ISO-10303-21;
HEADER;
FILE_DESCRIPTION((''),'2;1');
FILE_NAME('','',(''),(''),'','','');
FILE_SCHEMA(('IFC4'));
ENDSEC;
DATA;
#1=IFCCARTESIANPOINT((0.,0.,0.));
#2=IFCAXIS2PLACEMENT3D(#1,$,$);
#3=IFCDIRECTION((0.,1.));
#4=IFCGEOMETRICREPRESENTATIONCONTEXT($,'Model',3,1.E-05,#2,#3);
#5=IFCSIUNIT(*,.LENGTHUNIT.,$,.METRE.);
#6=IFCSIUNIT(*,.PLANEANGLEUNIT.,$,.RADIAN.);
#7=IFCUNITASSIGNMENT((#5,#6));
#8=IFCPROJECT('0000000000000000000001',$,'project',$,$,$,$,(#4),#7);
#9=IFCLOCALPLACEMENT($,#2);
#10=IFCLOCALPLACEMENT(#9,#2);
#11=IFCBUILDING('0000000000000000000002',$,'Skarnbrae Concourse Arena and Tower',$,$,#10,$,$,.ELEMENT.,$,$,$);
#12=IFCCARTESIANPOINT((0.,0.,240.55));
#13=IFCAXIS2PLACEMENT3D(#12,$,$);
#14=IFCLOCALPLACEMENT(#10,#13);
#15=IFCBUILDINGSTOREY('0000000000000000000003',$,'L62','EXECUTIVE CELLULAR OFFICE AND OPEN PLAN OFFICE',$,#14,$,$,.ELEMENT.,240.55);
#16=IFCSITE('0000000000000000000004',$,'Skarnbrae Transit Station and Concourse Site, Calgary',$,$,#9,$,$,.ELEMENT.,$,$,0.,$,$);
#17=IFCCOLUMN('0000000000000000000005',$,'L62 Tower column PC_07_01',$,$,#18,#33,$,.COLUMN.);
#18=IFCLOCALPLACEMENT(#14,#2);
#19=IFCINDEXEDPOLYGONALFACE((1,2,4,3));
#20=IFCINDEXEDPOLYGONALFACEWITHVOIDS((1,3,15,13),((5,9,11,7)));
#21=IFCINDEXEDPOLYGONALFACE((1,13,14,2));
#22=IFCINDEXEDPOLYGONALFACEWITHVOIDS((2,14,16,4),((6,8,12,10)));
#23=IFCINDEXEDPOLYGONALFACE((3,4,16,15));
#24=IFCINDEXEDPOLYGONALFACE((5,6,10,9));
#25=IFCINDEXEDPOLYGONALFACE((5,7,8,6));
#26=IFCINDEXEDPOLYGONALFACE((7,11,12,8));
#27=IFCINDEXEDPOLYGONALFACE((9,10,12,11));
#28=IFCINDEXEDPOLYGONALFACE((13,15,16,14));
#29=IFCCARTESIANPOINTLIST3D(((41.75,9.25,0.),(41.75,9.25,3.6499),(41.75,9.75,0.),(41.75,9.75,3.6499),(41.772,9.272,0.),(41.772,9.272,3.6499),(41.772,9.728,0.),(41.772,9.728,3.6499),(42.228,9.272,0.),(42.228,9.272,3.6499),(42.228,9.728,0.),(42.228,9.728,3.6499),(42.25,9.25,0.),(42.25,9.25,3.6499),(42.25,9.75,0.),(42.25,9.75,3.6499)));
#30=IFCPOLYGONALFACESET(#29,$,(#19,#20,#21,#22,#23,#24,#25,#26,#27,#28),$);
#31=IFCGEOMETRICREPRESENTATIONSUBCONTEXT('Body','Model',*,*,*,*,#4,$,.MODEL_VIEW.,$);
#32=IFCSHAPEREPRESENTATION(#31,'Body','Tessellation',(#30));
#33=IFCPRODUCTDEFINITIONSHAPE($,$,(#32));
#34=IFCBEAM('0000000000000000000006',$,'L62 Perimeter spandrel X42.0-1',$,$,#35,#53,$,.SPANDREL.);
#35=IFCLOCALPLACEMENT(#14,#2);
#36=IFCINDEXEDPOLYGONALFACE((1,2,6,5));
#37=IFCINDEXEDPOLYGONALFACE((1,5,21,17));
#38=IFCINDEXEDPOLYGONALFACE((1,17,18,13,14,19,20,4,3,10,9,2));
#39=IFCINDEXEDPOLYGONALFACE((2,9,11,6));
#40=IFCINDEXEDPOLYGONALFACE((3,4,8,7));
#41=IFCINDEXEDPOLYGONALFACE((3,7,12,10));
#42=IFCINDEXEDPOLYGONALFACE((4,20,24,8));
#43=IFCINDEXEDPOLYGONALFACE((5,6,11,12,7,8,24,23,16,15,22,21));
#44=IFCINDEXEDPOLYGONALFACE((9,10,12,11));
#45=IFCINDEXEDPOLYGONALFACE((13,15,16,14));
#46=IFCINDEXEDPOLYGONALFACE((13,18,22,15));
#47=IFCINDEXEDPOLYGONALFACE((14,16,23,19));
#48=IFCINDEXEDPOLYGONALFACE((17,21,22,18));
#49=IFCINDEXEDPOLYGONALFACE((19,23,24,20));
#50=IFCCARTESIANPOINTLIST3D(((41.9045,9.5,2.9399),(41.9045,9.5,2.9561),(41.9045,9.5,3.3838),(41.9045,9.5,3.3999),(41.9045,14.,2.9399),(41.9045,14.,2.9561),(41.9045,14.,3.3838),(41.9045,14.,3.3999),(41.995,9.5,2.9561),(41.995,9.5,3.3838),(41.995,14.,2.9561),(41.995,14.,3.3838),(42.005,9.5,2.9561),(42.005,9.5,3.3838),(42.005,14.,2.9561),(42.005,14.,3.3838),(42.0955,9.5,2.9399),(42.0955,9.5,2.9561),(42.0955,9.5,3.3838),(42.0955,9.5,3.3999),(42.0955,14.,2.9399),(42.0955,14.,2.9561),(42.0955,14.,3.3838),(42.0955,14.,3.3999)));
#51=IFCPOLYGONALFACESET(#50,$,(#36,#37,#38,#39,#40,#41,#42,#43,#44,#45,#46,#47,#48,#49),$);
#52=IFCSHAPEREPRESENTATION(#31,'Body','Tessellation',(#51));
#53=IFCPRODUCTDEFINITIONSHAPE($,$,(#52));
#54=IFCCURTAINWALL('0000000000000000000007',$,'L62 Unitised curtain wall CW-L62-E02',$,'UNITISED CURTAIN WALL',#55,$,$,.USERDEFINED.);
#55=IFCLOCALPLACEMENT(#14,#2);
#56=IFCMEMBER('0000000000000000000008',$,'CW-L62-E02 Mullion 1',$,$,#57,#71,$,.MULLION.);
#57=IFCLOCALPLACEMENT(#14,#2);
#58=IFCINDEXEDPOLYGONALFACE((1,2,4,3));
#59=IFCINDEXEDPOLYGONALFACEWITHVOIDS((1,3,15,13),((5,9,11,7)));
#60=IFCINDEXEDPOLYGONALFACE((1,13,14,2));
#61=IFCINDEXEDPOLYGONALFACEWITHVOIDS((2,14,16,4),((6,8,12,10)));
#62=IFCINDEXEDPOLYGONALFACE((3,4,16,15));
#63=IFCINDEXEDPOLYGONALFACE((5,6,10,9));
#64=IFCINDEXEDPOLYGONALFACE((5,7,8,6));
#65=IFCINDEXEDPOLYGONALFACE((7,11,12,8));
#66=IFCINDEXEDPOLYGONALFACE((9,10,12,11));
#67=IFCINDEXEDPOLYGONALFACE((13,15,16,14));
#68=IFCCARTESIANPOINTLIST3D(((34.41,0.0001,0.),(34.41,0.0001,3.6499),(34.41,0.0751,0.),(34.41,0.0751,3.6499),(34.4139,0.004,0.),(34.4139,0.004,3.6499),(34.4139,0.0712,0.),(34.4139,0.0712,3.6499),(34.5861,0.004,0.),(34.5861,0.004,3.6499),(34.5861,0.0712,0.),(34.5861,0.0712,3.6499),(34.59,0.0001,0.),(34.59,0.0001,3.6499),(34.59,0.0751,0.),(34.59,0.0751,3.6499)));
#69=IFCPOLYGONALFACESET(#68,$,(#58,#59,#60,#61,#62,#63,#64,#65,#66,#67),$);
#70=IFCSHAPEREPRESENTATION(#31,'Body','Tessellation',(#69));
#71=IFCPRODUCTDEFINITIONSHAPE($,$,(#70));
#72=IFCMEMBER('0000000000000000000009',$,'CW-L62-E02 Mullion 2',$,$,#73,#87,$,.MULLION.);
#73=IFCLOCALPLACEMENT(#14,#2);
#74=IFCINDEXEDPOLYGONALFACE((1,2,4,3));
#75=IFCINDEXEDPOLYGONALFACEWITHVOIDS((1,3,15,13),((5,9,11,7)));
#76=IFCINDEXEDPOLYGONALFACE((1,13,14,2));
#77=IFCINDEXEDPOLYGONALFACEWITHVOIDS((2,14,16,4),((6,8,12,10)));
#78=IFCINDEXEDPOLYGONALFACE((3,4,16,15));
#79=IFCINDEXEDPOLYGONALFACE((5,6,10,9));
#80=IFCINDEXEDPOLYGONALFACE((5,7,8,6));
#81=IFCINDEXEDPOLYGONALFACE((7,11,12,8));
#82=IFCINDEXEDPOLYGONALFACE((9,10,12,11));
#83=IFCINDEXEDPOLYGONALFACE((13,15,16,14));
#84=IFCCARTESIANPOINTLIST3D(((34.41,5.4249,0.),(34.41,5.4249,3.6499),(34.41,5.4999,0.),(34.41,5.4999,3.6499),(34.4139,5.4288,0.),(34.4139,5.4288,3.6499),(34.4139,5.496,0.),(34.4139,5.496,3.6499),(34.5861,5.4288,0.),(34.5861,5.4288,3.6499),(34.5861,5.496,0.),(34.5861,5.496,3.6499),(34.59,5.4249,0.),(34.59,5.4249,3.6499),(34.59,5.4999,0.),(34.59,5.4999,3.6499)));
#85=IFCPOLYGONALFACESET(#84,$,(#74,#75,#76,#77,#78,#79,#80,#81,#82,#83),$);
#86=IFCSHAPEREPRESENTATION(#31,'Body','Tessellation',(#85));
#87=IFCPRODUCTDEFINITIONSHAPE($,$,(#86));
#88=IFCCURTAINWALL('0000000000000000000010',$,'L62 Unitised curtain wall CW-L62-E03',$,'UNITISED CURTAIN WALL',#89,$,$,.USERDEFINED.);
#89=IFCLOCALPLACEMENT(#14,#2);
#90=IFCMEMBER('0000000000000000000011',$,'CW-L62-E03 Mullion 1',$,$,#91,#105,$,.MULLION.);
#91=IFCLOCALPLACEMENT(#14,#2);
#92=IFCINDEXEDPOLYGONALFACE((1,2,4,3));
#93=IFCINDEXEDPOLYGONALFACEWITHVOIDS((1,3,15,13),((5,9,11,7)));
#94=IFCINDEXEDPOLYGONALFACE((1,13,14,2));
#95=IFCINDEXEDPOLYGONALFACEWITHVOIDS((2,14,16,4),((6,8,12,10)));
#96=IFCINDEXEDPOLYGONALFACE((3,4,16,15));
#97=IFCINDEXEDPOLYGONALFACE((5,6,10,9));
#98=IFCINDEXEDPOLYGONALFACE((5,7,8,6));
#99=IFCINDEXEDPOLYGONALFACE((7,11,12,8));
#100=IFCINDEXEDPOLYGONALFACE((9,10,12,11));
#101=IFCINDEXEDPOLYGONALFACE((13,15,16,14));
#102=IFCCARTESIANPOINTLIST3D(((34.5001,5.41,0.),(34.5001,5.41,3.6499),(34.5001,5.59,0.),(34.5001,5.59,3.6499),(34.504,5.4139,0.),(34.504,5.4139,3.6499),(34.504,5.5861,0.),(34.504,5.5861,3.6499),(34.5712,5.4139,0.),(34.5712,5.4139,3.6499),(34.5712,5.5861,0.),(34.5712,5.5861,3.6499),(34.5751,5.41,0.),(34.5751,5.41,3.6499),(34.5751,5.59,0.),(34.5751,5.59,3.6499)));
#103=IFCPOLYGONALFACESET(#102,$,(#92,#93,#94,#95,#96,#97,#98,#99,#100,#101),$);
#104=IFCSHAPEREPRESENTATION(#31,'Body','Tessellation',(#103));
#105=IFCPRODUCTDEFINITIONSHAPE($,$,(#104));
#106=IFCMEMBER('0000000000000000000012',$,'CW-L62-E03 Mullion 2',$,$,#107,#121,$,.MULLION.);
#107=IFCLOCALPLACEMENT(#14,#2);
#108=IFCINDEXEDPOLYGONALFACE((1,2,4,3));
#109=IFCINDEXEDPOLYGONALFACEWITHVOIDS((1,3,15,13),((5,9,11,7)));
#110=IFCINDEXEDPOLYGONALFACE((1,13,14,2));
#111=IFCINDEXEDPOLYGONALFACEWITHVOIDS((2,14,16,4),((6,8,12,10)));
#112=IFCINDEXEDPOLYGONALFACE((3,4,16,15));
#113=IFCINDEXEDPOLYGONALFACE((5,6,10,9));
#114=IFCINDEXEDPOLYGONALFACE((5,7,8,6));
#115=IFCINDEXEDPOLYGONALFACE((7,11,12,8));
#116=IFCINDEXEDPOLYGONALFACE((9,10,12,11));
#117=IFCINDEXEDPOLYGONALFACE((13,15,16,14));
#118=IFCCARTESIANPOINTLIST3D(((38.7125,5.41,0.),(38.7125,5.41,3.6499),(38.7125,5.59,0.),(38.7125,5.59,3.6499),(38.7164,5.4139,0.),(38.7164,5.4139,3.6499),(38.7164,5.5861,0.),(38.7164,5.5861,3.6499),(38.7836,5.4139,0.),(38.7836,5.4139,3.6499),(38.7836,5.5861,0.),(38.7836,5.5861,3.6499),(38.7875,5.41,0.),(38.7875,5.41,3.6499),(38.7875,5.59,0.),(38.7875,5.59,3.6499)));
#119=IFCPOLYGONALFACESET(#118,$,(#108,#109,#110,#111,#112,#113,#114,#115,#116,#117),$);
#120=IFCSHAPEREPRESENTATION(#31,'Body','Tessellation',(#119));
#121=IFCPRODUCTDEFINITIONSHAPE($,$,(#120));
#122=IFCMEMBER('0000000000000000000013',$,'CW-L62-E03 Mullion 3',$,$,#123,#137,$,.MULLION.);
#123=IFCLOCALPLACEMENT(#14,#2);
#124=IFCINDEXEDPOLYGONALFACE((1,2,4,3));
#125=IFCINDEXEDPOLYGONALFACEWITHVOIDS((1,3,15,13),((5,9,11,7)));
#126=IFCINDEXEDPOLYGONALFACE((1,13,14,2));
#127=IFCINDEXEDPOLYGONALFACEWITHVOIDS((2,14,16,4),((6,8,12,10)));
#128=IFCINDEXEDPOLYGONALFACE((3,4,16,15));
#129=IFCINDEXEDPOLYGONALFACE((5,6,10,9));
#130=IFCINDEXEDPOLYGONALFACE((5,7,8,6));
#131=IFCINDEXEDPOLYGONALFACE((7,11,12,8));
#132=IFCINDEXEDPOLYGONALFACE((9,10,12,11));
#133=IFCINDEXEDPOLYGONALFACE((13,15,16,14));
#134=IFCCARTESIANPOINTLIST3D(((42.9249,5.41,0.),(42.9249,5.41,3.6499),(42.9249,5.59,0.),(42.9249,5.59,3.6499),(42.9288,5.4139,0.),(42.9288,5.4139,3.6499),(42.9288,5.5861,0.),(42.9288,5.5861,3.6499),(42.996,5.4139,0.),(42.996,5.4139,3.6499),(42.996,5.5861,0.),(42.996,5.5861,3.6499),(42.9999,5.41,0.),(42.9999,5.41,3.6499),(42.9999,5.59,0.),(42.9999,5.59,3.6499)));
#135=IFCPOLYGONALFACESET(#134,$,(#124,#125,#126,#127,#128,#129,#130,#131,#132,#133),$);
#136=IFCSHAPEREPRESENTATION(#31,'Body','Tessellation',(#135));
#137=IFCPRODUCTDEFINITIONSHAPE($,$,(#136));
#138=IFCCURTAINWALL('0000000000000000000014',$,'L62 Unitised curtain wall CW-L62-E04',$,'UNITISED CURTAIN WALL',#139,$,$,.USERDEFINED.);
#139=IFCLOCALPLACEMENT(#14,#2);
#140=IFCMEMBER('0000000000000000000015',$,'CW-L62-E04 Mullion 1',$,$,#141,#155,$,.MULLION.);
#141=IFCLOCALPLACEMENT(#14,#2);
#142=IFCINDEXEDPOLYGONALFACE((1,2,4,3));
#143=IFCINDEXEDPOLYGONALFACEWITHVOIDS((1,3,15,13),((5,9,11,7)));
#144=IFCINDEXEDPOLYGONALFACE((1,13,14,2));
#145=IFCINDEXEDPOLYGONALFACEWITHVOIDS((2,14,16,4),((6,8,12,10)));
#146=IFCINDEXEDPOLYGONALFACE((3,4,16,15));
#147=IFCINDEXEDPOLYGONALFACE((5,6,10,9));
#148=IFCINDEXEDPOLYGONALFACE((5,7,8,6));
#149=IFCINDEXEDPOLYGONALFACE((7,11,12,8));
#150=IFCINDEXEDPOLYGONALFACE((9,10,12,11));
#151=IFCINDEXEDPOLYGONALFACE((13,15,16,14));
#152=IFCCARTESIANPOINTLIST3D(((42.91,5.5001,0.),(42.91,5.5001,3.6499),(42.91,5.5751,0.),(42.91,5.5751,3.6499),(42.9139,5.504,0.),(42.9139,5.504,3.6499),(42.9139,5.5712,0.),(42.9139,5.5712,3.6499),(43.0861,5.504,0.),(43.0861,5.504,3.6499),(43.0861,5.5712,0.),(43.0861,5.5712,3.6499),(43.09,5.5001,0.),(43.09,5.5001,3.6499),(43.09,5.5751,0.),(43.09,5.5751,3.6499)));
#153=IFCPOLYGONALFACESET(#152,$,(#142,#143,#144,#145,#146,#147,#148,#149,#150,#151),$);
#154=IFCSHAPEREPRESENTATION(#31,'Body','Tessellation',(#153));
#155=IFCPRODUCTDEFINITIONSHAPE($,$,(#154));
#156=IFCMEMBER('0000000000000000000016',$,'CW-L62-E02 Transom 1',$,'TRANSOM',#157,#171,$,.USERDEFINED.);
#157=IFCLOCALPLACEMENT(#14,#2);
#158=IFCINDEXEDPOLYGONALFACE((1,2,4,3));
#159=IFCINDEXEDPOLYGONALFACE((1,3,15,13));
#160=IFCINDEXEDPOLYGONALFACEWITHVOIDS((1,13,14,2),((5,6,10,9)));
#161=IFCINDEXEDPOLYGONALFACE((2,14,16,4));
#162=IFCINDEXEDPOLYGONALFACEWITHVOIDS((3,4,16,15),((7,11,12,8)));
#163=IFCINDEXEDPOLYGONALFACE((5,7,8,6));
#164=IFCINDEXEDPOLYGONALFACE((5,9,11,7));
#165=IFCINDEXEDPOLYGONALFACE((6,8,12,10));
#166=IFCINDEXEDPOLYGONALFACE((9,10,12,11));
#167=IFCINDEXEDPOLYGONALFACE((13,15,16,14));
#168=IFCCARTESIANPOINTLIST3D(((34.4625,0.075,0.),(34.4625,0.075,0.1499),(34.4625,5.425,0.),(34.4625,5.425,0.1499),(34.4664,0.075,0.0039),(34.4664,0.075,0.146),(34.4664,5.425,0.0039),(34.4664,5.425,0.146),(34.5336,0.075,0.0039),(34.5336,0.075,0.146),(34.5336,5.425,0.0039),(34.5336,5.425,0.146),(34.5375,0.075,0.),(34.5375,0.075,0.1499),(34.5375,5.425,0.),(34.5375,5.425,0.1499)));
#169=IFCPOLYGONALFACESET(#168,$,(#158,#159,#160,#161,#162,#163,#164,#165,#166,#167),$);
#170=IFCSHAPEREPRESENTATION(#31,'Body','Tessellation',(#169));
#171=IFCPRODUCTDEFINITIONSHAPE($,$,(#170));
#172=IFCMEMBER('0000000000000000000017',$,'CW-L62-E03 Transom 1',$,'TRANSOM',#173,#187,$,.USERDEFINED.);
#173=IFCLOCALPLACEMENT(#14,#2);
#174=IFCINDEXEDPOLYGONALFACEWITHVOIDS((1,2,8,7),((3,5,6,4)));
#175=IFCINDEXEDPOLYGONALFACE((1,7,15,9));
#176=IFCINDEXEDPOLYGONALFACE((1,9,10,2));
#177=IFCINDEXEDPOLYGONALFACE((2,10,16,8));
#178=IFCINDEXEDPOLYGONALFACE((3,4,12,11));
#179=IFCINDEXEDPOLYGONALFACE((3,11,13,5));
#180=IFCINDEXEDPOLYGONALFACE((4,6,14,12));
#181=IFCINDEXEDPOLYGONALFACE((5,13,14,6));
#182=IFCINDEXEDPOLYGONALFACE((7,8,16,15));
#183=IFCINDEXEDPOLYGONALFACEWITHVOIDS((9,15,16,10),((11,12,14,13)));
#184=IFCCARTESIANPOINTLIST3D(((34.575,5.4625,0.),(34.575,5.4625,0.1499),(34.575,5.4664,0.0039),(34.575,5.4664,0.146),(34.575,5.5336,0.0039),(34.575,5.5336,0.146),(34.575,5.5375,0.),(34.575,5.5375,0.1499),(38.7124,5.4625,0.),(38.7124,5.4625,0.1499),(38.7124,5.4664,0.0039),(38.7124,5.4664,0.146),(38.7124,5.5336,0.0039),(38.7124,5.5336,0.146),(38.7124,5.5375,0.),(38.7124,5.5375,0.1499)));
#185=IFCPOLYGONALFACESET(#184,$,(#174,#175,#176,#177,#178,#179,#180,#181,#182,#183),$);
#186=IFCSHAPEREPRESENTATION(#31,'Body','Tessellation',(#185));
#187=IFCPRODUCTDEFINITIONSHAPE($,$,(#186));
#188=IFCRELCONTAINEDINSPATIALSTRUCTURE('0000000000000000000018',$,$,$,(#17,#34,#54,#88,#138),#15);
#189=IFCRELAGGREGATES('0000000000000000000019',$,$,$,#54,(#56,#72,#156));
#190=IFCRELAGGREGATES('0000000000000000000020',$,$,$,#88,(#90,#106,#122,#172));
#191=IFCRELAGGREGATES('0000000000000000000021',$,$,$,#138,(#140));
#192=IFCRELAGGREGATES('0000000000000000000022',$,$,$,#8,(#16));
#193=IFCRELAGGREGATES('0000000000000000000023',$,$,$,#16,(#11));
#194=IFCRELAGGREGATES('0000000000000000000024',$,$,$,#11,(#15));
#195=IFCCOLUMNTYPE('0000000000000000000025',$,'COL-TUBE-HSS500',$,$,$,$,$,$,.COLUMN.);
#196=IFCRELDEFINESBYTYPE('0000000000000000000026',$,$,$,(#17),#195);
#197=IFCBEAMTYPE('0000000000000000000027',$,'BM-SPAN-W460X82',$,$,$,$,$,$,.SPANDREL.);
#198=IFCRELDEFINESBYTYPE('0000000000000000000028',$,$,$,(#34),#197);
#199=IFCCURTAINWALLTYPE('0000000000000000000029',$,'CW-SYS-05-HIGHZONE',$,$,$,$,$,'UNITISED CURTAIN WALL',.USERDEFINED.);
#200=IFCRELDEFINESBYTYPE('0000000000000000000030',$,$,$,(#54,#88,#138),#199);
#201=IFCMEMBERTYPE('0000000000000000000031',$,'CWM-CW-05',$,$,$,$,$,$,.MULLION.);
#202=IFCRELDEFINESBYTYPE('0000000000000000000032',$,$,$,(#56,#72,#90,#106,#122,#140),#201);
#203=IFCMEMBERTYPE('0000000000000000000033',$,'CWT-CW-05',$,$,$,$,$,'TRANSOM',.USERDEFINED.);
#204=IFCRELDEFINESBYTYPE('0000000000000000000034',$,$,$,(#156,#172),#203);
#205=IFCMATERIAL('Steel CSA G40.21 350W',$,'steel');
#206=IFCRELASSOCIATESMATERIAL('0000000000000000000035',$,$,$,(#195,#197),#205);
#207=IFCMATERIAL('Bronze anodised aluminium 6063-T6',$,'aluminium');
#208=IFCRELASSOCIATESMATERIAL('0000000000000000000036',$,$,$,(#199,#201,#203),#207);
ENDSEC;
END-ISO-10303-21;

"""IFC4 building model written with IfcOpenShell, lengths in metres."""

from ifc_helpers import new_model, si_unit, direction, frame, origin, origin_2d, place, context, subcontext, project, spatial, hollow_rectangle, i_section, extrude, source, transform, mapped, material, material_profile, profile_set, type_object, element, aggregate, save


model = new_model("IFC4")

# Units and contexts
model_context = context("Model", 3, precision=1e-05, world=origin(), true_north=direction((0.0, 1.0)))
body_context = subcontext(model_context, "Body", "Model", "MODEL_VIEW")
ifc_project = project(units=[si_unit("LENGTHUNIT", "METRE"), si_unit("PLANEANGLEUNIT", "RADIAN")], contexts=[model_context])

# Site, building, storey
site_placement = place(None, origin())
site = spatial("IfcSite", under=ifc_project, at=site_placement, Name="Skarnbrae Transit Station and Concourse Site, Calgary", CompositionType="ELEMENT", RefElevation=0.0)
building_placement = place(site_placement, origin())
building = spatial("IfcBuilding", under=site, at=building_placement, Name="Skarnbrae Concourse Arena and Tower", CompositionType="ELEMENT")
storey_placement = place(building_placement, frame((0.0, 0.0, 240.55)))
storey = spatial("IfcBuildingStorey", under=building, at=storey_placement, Name="L62", Description="EXECUTIVE CELLULAR OFFICE AND OPEN PLAN OFFICE", CompositionType="ELEMENT", Elevation=240.55)

# Column
ifc_material_1 = material(Name="Steel CSA G40.21 350W", Category="steel")
ifc_material_profile_1 = material_profile(ifc_material_1, hollow_rectangle(XDim=0.5, YDim=0.5, WallThickness=0.022, at=origin_2d()), Name="HSS500X500X22.0")
ifc_profile_set_1 = profile_set([ifc_material_profile_1], Name="Steel CSA G40.21 350W")
column_type = type_object("IfcColumnType", Name="COL-TUBE-HSS500", PredefinedType="COLUMN", material=ifc_profile_set_1)
shared_shape_1 = source(origin(), body_context, "Body", "SweptSolid", [
    extrude(hollow_rectangle(XDim=0.5, YDim=0.5, WallThickness=0.022, at=origin_2d()), origin(), (0.0, 0.0, 1.0), 3.6499),
])
column_placement = place(storey_placement, frame((42.0, 9.5, 0.0), z_axis=(0.0, 0.0, 1.0), x_axis=(1.0, 0.0, 0.0)))
element("IfcColumn", 1, at=column_placement, inside=storey, type_object=column_type, Name="L62 Tower column PC_07_01", PredefinedType="COLUMN", context=body_context, shape_type="MappedRepresentation", body=[
    mapped(shared_shape_1, transform((0.0, 0.0, 0.0))),
])

# Beam
ifc_material_profile_2 = material_profile(ifc_material_1, i_section(OverallWidth=0.1909, OverallDepth=0.46, WebThickness=0.01, FlangeThickness=0.0161, at=origin_2d()), Name="W460X82")
ifc_profile_set_2 = profile_set([ifc_material_profile_2], Name="Steel CSA G40.21 350W")
beam_type = type_object("IfcBeamType", Name="BM-SPAN-W460X82", PredefinedType="SPANDREL", material=ifc_profile_set_2)
shared_shape_2 = source(origin(), body_context, "Body", "SweptSolid", [
    extrude(i_section(OverallWidth=0.1909, OverallDepth=0.46, WebThickness=0.01, FlangeThickness=0.0161, at=origin_2d()), origin(), (0.0, 0.0, 1.0), 4.5),
])
beam_placement = place(storey_placement, frame((42.0, 9.5, 3.1699), z_axis=(0.0, 1.0, 0.0), x_axis=(-1.0, 0.0, 0.0)))
element("IfcBeam", 2, at=beam_placement, inside=storey, type_object=beam_type, Name="L62 Perimeter spandrel X42.0-1", PredefinedType="SPANDREL", context=body_context, shape_type="MappedRepresentation", body=[
    mapped(shared_shape_2, transform((0.0, 0.0, 0.0))),
])

# Curtain walls, members
ifc_material_2 = material(Name="Bronze anodised aluminium 6063-T6", Category="aluminium")
curtain_wall_type = type_object("IfcCurtainWallType", Name="CW-SYS-05-HIGHZONE", ElementType="UNITISED CURTAIN WALL", PredefinedType="USERDEFINED", material=ifc_material_2)
curtain_wall_1_placement = place(storey_placement, origin())
curtain_wall_1 = element("IfcCurtainWall", 3, at=curtain_wall_1_placement, inside=storey, type_object=curtain_wall_type, Name="L62 Unitised curtain wall CW-L62-E02", ObjectType="UNITISED CURTAIN WALL", PredefinedType="USERDEFINED")
ifc_material_profile_3 = material_profile(ifc_material_2, hollow_rectangle(XDim=0.075, YDim=0.1799, WallThickness=0.0039, at=origin_2d()), Name="ALU-MULL-75X180")
ifc_profile_set_3 = profile_set([ifc_material_profile_3], Name="Bronze anodised aluminium 6063-T6")
member_type_1 = type_object("IfcMemberType", Name="CWM-CW-05", PredefinedType="MULLION", material=ifc_profile_set_3)
shared_shape_3 = source(origin(), body_context, "Body", "SweptSolid", [
    extrude(hollow_rectangle(XDim=0.075, YDim=0.1799, WallThickness=0.0039, at=origin_2d()), origin(), (0.0, 0.0, 1.0), 3.6499),
])
member_1_placement = place(storey_placement, frame((34.5, 0.0376, 0.0), z_axis=(0.0, 0.0, 1.0), x_axis=(0.0, 1.0, 0.0)))
member_1 = element("IfcMember", 4, at=member_1_placement, type_object=member_type_1, Name="CW-L62-E02 Mullion 1", PredefinedType="MULLION", context=body_context, shape_type="MappedRepresentation", body=[
    mapped(shared_shape_3, transform((0.0, 0.0, 0.0))),
])
member_2_placement = place(storey_placement, frame((34.5, 5.4624, 0.0), z_axis=(0.0, 0.0, 1.0), x_axis=(0.0, 1.0, 0.0)))
member_2 = element("IfcMember", 5, at=member_2_placement, type_object=member_type_1, Name="CW-L62-E02 Mullion 2", PredefinedType="MULLION", context=body_context, shape_type="MappedRepresentation", body=[
    mapped(shared_shape_3, transform((0.0, 0.0, 0.0))),
])
curtain_wall_2_placement = place(storey_placement, origin())
curtain_wall_2 = element("IfcCurtainWall", 6, at=curtain_wall_2_placement, inside=storey, type_object=curtain_wall_type, Name="L62 Unitised curtain wall CW-L62-E03", ObjectType="UNITISED CURTAIN WALL", PredefinedType="USERDEFINED")
member_3_placement = place(storey_placement, frame((34.5376, 5.5, 0.0), z_axis=(0.0, 0.0, 1.0), x_axis=(1.0, 0.0, 0.0)))
member_3 = element("IfcMember", 7, at=member_3_placement, type_object=member_type_1, Name="CW-L62-E03 Mullion 1", PredefinedType="MULLION", context=body_context, shape_type="MappedRepresentation", body=[
    mapped(shared_shape_3, transform((0.0, 0.0, 0.0))),
])
member_4_placement = place(storey_placement, frame((38.75, 5.5, 0.0), z_axis=(0.0, 0.0, 1.0), x_axis=(1.0, 0.0, 0.0)))
member_4 = element("IfcMember", 8, at=member_4_placement, type_object=member_type_1, Name="CW-L62-E03 Mullion 2", PredefinedType="MULLION", context=body_context, shape_type="MappedRepresentation", body=[
    mapped(shared_shape_3, transform((0.0, 0.0, 0.0))),
])
member_5_placement = place(storey_placement, frame((42.9624, 5.5, 0.0), z_axis=(0.0, 0.0, 1.0), x_axis=(1.0, 0.0, 0.0)))
member_5 = element("IfcMember", 9, at=member_5_placement, type_object=member_type_1, Name="CW-L62-E03 Mullion 3", PredefinedType="MULLION", context=body_context, shape_type="MappedRepresentation", body=[
    mapped(shared_shape_3, transform((0.0, 0.0, 0.0))),
])

# Curtain wall, member
curtain_wall_3_placement = place(storey_placement, origin())
curtain_wall_3 = element("IfcCurtainWall", 10, at=curtain_wall_3_placement, inside=storey, type_object=curtain_wall_type, Name="L62 Unitised curtain wall CW-L62-E04", ObjectType="UNITISED CURTAIN WALL", PredefinedType="USERDEFINED")
member_6_placement = place(storey_placement, frame((43.0, 5.5376, 0.0), z_axis=(0.0, 0.0, 1.0), x_axis=(0.0, 1.0, 0.0)))
member_6 = element("IfcMember", 11, at=member_6_placement, type_object=member_type_1, Name="CW-L62-E04 Mullion 1", PredefinedType="MULLION", context=body_context, shape_type="MappedRepresentation", body=[
    mapped(shared_shape_3, transform((0.0, 0.0, 0.0))),
])

# Members
ifc_material_profile_4 = material_profile(ifc_material_2, hollow_rectangle(XDim=0.075, YDim=0.1499, WallThickness=0.0039, at=origin_2d()), Name="ALU-TRAN-75X150")
ifc_profile_set_4 = profile_set([ifc_material_profile_4], Name="Bronze anodised aluminium 6063-T6")
member_type_2 = type_object("IfcMemberType", Name="CWT-CW-05", ElementType="TRANSOM", PredefinedType="USERDEFINED", material=ifc_profile_set_4)
shared_shape_4 = source(origin(), body_context, "Body", "SweptSolid", [
    extrude(hollow_rectangle(XDim=0.075, YDim=0.1499, WallThickness=0.0039, at=origin_2d()), origin(), (0.0, 0.0, 1.0), 5.3501),
])
member_7_placement = place(storey_placement, frame((34.5, 0.075, 0.075), z_axis=(0.0, 1.0, 0.0), x_axis=(-1.0, 0.0, 0.0)))
member_7 = element("IfcMember", 12, at=member_7_placement, type_object=member_type_2, Name="CW-L62-E02 Transom 1", ObjectType="TRANSOM", PredefinedType="USERDEFINED", context=body_context, shape_type="MappedRepresentation", body=[
    mapped(shared_shape_4, transform((0.0, 0.0, 0.0))),
])
shared_shape_5 = source(origin(), body_context, "Body", "SweptSolid", [
    extrude(hollow_rectangle(XDim=0.075, YDim=0.1499, WallThickness=0.0039, at=origin_2d()), origin(), (0.0, 0.0, 1.0), 4.1375),
])
member_8_placement = place(storey_placement, frame((34.575, 5.5, 0.075), z_axis=(1.0, 0.0, 0.0), x_axis=(0.0, 1.0, 0.0)))
member_8 = element("IfcMember", 13, at=member_8_placement, type_object=member_type_2, Name="CW-L62-E03 Transom 1", ObjectType="TRANSOM", PredefinedType="USERDEFINED", context=body_context, shape_type="MappedRepresentation", body=[
    mapped(shared_shape_5, transform((0.0, 0.0, 0.0))),
])

aggregate(curtain_wall_1, [member_1, member_2, member_7])
aggregate(curtain_wall_2, [member_3, member_4, member_5, member_8])
aggregate(curtain_wall_3, [member_6])

save(model, "model.ifc")
